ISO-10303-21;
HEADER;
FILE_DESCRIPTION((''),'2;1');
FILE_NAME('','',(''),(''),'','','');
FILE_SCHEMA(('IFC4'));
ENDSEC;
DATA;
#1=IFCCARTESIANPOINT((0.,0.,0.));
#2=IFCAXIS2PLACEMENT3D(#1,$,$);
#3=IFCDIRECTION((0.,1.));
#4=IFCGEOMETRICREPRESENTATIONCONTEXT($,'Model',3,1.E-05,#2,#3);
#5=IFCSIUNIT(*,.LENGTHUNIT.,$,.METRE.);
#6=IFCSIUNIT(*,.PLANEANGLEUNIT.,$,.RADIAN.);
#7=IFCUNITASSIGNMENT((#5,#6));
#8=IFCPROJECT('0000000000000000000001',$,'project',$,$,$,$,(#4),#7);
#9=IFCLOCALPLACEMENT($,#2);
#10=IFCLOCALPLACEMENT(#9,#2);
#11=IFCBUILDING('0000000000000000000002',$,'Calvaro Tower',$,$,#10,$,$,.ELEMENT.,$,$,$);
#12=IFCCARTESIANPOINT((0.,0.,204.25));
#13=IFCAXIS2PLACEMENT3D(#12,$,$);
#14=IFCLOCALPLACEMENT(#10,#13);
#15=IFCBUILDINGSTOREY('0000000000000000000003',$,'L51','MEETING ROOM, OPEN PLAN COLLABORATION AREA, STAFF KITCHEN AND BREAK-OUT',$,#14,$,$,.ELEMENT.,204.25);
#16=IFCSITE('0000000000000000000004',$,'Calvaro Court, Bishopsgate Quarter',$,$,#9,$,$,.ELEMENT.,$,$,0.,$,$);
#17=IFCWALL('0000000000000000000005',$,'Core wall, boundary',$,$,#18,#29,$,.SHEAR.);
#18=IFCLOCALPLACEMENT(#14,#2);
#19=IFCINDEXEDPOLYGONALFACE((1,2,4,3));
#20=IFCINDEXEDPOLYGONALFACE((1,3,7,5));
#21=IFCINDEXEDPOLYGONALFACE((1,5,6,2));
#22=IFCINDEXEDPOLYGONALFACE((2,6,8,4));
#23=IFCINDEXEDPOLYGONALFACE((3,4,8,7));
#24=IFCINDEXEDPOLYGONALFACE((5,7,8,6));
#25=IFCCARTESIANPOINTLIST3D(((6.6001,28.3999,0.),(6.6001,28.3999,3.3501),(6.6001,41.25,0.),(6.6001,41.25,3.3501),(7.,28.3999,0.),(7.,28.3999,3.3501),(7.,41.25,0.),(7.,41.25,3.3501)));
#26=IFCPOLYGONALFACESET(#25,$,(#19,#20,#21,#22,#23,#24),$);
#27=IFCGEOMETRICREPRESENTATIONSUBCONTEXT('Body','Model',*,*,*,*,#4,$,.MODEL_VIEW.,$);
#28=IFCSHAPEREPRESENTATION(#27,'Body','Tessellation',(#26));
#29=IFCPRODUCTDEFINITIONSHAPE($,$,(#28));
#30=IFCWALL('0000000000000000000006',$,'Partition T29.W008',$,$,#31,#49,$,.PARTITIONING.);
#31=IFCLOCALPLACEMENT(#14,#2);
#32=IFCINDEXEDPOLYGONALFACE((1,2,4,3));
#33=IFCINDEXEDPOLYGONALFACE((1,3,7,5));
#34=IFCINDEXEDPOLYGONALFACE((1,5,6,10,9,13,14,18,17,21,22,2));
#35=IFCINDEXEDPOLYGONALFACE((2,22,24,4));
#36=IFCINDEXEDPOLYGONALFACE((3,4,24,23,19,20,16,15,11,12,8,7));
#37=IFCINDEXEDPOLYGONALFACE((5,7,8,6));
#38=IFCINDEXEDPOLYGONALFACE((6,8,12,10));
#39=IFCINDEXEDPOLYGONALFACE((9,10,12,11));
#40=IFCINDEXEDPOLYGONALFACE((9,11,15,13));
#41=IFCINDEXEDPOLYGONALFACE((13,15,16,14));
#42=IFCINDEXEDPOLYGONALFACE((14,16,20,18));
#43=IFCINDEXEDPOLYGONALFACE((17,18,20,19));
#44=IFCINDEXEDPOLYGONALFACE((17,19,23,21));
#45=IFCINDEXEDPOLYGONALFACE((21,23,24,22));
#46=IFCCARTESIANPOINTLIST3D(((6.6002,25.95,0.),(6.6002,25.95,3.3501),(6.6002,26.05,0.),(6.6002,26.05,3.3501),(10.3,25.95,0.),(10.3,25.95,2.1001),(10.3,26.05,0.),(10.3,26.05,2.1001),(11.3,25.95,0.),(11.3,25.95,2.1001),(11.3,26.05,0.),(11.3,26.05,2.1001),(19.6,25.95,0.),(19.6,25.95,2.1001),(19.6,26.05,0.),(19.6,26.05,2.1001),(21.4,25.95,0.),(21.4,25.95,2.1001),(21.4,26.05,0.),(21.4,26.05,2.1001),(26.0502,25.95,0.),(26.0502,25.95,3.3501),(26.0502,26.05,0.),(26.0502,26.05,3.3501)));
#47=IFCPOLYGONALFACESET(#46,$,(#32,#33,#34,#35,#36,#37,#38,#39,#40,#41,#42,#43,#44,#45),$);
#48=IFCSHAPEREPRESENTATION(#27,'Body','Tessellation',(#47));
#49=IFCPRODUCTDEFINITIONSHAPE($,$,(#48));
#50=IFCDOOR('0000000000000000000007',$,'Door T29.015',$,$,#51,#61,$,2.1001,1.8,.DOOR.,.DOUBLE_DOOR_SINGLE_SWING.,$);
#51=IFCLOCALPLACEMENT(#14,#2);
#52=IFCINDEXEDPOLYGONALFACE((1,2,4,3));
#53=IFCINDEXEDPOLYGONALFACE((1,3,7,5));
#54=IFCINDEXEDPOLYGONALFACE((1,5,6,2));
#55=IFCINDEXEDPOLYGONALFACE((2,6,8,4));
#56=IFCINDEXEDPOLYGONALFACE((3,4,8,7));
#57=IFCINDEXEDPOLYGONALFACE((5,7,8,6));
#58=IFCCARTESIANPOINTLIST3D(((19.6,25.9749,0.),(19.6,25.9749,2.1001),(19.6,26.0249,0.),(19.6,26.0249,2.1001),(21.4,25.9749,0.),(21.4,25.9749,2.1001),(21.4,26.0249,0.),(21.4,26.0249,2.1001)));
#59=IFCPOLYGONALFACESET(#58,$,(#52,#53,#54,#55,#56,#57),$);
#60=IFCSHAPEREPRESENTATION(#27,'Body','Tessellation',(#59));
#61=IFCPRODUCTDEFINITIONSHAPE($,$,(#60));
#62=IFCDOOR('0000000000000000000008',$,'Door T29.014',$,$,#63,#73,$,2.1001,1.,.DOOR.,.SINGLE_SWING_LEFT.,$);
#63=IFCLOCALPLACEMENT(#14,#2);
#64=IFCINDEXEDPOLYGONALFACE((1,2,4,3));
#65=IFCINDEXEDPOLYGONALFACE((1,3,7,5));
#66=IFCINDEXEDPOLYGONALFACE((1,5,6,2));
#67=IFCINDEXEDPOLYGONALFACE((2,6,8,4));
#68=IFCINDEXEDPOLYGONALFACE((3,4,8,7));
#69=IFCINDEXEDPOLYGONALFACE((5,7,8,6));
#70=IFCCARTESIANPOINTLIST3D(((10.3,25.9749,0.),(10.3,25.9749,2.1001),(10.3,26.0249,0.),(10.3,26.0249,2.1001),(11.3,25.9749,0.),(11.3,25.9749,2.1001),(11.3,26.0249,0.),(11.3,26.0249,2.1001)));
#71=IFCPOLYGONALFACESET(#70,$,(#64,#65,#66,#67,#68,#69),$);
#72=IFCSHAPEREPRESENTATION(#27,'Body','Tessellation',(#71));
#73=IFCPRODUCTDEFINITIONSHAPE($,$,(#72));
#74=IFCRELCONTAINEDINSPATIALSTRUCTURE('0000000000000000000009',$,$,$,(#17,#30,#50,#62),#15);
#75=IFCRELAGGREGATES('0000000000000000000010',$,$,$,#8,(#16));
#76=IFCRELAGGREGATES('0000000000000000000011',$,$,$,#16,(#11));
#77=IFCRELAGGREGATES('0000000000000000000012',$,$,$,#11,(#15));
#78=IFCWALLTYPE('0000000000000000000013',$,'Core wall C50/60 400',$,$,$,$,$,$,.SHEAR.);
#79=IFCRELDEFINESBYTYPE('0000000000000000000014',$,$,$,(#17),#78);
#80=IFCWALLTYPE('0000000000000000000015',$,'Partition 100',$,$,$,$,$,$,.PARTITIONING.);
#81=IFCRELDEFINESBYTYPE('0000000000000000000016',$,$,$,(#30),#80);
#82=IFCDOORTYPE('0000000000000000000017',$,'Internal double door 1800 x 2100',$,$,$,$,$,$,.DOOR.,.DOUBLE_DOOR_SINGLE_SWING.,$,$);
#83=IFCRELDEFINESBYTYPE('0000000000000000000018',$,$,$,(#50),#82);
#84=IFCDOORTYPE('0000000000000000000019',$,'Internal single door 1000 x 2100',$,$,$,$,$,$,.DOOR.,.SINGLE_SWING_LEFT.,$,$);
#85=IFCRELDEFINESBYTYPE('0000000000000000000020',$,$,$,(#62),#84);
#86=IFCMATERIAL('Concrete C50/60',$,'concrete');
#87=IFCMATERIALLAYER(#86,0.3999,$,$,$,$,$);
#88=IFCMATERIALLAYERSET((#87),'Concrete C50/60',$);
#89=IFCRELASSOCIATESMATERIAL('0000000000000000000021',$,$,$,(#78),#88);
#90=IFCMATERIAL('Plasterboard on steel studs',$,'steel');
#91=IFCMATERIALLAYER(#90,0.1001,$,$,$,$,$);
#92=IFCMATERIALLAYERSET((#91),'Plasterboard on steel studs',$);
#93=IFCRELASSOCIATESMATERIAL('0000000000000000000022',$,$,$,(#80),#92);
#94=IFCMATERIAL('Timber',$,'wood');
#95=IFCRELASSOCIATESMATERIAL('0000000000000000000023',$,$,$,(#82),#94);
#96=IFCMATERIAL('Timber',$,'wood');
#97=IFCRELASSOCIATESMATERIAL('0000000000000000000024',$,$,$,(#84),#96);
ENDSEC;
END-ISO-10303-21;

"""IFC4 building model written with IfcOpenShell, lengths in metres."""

from ifc_helpers import new_model, si_unit, direction, frame, frame_2d, origin, place, context, subcontext, project, spatial, rectangle, extrude, material, layer, layer_set, type_object, element, fill, save


model = new_model("IFC4")

# Units and contexts
model_context = context("Model", 3, precision=1e-05, world=origin(), true_north=direction((0.0, 1.0)))
body_context = subcontext(model_context, "Body", "Model", "MODEL_VIEW")
ifc_project = project(units=[si_unit("LENGTHUNIT", "METRE"), si_unit("PLANEANGLEUNIT", "RADIAN")], contexts=[model_context])

# Site, building, storey
site_placement = place(None, origin())
site = spatial("IfcSite", under=ifc_project, at=site_placement, Name="Calvaro Court, Bishopsgate Quarter", CompositionType="ELEMENT", RefElevation=0.0)
building_placement = place(site_placement, origin())
building = spatial("IfcBuilding", under=site, at=building_placement, Name="Calvaro Tower", CompositionType="ELEMENT")
storey_placement = place(building_placement, frame((0.0, 0.0, 204.25)))
storey = spatial("IfcBuildingStorey", under=building, at=storey_placement, Name="L51", Description="MEETING ROOM, OPEN PLAN COLLABORATION AREA, STAFF KITCHEN AND BREAK-OUT", CompositionType="ELEMENT", Elevation=204.25)

# Shared definitions
ifc_material_1 = material(Name="Concrete C50/60", Category="concrete")
ifc_layer_1 = layer(ifc_material_1, 0.3999)
ifc_layer_set_1 = layer_set([ifc_layer_1], Name="Concrete C50/60")
wall_type_1 = type_object("IfcWallType", Name="Core wall C50/60 400", PredefinedType="SHEAR", material=ifc_layer_set_1)

# Wall
wall_1_placement = place(storey_placement, frame((6.8, 28.3999, 0.0), z_axis=(0.0, 0.0, 1.0), x_axis=(0.0, 1.0, 0.0)))
element("IfcWall", 1, at=wall_1_placement, inside=storey, type_object=wall_type_1, Name="Core wall, boundary", PredefinedType="SHEAR", context=body_context, shape_type="SweptSolid", body=[
    extrude(rectangle(XDim=12.8501, YDim=0.3999, at=frame_2d((6.425, 0.0))), origin(), (0.0, 0.0, 1.0), 3.3501),
])

# Wall, openings, doors
ifc_material_2 = material(Name="Plasterboard on steel studs", Category="steel")
ifc_layer_2 = layer(ifc_material_2, 0.1001)
ifc_layer_set_2 = layer_set([ifc_layer_2], Name="Plasterboard on steel studs")
wall_type_2 = type_object("IfcWallType", Name="Partition 100", PredefinedType="PARTITIONING", material=ifc_layer_set_2)
wall_2_placement = place(storey_placement, frame((6.6001, 26.0, 0.0), z_axis=(0.0, 0.0, 1.0), x_axis=(1.0, 0.0, 0.0)))
wall_2 = element("IfcWall", 2, at=wall_2_placement, inside=storey, type_object=wall_type_2, Name="Partition T29.W008", PredefinedType="PARTITIONING", context=body_context, shape_type="SweptSolid", body=[
    extrude(rectangle(XDim=19.45, YDim=0.1001, at=frame_2d((9.7251, 0.0))), origin(), (0.0, 0.0, 1.0), 3.3501),
])
opening_1_placement = place(wall_2_placement, frame((3.7, 0.0, 0.0)))
opening_1 = element("IfcOpeningElement", 3, at=opening_1_placement, cuts=wall_2, PredefinedType="OPENING", context=body_context, shape_type="SweptSolid", body=[
    extrude(rectangle(XDim=1.0, YDim=2.1001, at=frame_2d((0.5, 1.05))), frame((0.0, 0.0601, 0.0), z_axis=(0.0, -1.0, 0.0), x_axis=(1.0, 0.0, 0.0)), (0.0, 0.0, 1.0), 0.1201),
])
opening_2_placement = place(wall_2_placement, frame((13.0, 0.0, 0.0)))
opening_2 = element("IfcOpeningElement", 4, at=opening_2_placement, cuts=wall_2, PredefinedType="OPENING", context=body_context, shape_type="SweptSolid", body=[
    extrude(rectangle(XDim=1.8, YDim=2.1001, at=frame_2d((0.8999, 1.05))), frame((0.0, 0.0601, 0.0), z_axis=(0.0, -1.0, 0.0), x_axis=(1.0, 0.0, 0.0)), (0.0, 0.0, 1.0), 0.1201),
])
ifc_material_3 = material(Name="Timber", Category="wood")
door_type_1 = type_object("IfcDoorType", Name="Internal double door 1800 x 2100", OperationType="DOUBLE_DOOR_SINGLE_SWING", PredefinedType="DOOR", material=ifc_material_3)
door_1_placement = place(opening_2_placement, origin())
door_1 = element("IfcDoor", 5, at=door_1_placement, inside=storey, type_object=door_type_1, Name="Door T29.015", OperationType="DOUBLE_DOOR_SINGLE_SWING", OverallHeight=2.1001, OverallWidth=1.8, PredefinedType="DOOR", context=body_context, shape_type="SweptSolid", body=[
    extrude(rectangle(XDim=1.8, YDim=2.1001, at=frame_2d((0.8999, 1.05))), frame((0.0, 0.0249, 0.0), z_axis=(0.0, -1.0, 0.0), x_axis=(1.0, 0.0, 0.0)), (0.0, 0.0, 1.0), 0.05),
])
fill(opening_2, door_1)
ifc_material_4 = material(Name="Timber", Category="wood")
door_type_2 = type_object("IfcDoorType", Name="Internal single door 1000 x 2100", OperationType="SINGLE_SWING_LEFT", PredefinedType="DOOR", material=ifc_material_4)
door_2_placement = place(opening_1_placement, origin())
door_2 = element("IfcDoor", 6, at=door_2_placement, inside=storey, type_object=door_type_2, Name="Door T29.014", OperationType="SINGLE_SWING_LEFT", OverallHeight=2.1001, OverallWidth=1.0, PredefinedType="DOOR", context=body_context, shape_type="SweptSolid", body=[
    extrude(rectangle(XDim=1.0, YDim=2.1001, at=frame_2d((0.5, 1.05))), frame((0.0, 0.0249, 0.0), z_axis=(0.0, -1.0, 0.0), x_axis=(1.0, 0.0, 0.0)), (0.0, 0.0, 1.0), 0.05),
])
fill(opening_1, door_2)

save(model, "model.ifc")
